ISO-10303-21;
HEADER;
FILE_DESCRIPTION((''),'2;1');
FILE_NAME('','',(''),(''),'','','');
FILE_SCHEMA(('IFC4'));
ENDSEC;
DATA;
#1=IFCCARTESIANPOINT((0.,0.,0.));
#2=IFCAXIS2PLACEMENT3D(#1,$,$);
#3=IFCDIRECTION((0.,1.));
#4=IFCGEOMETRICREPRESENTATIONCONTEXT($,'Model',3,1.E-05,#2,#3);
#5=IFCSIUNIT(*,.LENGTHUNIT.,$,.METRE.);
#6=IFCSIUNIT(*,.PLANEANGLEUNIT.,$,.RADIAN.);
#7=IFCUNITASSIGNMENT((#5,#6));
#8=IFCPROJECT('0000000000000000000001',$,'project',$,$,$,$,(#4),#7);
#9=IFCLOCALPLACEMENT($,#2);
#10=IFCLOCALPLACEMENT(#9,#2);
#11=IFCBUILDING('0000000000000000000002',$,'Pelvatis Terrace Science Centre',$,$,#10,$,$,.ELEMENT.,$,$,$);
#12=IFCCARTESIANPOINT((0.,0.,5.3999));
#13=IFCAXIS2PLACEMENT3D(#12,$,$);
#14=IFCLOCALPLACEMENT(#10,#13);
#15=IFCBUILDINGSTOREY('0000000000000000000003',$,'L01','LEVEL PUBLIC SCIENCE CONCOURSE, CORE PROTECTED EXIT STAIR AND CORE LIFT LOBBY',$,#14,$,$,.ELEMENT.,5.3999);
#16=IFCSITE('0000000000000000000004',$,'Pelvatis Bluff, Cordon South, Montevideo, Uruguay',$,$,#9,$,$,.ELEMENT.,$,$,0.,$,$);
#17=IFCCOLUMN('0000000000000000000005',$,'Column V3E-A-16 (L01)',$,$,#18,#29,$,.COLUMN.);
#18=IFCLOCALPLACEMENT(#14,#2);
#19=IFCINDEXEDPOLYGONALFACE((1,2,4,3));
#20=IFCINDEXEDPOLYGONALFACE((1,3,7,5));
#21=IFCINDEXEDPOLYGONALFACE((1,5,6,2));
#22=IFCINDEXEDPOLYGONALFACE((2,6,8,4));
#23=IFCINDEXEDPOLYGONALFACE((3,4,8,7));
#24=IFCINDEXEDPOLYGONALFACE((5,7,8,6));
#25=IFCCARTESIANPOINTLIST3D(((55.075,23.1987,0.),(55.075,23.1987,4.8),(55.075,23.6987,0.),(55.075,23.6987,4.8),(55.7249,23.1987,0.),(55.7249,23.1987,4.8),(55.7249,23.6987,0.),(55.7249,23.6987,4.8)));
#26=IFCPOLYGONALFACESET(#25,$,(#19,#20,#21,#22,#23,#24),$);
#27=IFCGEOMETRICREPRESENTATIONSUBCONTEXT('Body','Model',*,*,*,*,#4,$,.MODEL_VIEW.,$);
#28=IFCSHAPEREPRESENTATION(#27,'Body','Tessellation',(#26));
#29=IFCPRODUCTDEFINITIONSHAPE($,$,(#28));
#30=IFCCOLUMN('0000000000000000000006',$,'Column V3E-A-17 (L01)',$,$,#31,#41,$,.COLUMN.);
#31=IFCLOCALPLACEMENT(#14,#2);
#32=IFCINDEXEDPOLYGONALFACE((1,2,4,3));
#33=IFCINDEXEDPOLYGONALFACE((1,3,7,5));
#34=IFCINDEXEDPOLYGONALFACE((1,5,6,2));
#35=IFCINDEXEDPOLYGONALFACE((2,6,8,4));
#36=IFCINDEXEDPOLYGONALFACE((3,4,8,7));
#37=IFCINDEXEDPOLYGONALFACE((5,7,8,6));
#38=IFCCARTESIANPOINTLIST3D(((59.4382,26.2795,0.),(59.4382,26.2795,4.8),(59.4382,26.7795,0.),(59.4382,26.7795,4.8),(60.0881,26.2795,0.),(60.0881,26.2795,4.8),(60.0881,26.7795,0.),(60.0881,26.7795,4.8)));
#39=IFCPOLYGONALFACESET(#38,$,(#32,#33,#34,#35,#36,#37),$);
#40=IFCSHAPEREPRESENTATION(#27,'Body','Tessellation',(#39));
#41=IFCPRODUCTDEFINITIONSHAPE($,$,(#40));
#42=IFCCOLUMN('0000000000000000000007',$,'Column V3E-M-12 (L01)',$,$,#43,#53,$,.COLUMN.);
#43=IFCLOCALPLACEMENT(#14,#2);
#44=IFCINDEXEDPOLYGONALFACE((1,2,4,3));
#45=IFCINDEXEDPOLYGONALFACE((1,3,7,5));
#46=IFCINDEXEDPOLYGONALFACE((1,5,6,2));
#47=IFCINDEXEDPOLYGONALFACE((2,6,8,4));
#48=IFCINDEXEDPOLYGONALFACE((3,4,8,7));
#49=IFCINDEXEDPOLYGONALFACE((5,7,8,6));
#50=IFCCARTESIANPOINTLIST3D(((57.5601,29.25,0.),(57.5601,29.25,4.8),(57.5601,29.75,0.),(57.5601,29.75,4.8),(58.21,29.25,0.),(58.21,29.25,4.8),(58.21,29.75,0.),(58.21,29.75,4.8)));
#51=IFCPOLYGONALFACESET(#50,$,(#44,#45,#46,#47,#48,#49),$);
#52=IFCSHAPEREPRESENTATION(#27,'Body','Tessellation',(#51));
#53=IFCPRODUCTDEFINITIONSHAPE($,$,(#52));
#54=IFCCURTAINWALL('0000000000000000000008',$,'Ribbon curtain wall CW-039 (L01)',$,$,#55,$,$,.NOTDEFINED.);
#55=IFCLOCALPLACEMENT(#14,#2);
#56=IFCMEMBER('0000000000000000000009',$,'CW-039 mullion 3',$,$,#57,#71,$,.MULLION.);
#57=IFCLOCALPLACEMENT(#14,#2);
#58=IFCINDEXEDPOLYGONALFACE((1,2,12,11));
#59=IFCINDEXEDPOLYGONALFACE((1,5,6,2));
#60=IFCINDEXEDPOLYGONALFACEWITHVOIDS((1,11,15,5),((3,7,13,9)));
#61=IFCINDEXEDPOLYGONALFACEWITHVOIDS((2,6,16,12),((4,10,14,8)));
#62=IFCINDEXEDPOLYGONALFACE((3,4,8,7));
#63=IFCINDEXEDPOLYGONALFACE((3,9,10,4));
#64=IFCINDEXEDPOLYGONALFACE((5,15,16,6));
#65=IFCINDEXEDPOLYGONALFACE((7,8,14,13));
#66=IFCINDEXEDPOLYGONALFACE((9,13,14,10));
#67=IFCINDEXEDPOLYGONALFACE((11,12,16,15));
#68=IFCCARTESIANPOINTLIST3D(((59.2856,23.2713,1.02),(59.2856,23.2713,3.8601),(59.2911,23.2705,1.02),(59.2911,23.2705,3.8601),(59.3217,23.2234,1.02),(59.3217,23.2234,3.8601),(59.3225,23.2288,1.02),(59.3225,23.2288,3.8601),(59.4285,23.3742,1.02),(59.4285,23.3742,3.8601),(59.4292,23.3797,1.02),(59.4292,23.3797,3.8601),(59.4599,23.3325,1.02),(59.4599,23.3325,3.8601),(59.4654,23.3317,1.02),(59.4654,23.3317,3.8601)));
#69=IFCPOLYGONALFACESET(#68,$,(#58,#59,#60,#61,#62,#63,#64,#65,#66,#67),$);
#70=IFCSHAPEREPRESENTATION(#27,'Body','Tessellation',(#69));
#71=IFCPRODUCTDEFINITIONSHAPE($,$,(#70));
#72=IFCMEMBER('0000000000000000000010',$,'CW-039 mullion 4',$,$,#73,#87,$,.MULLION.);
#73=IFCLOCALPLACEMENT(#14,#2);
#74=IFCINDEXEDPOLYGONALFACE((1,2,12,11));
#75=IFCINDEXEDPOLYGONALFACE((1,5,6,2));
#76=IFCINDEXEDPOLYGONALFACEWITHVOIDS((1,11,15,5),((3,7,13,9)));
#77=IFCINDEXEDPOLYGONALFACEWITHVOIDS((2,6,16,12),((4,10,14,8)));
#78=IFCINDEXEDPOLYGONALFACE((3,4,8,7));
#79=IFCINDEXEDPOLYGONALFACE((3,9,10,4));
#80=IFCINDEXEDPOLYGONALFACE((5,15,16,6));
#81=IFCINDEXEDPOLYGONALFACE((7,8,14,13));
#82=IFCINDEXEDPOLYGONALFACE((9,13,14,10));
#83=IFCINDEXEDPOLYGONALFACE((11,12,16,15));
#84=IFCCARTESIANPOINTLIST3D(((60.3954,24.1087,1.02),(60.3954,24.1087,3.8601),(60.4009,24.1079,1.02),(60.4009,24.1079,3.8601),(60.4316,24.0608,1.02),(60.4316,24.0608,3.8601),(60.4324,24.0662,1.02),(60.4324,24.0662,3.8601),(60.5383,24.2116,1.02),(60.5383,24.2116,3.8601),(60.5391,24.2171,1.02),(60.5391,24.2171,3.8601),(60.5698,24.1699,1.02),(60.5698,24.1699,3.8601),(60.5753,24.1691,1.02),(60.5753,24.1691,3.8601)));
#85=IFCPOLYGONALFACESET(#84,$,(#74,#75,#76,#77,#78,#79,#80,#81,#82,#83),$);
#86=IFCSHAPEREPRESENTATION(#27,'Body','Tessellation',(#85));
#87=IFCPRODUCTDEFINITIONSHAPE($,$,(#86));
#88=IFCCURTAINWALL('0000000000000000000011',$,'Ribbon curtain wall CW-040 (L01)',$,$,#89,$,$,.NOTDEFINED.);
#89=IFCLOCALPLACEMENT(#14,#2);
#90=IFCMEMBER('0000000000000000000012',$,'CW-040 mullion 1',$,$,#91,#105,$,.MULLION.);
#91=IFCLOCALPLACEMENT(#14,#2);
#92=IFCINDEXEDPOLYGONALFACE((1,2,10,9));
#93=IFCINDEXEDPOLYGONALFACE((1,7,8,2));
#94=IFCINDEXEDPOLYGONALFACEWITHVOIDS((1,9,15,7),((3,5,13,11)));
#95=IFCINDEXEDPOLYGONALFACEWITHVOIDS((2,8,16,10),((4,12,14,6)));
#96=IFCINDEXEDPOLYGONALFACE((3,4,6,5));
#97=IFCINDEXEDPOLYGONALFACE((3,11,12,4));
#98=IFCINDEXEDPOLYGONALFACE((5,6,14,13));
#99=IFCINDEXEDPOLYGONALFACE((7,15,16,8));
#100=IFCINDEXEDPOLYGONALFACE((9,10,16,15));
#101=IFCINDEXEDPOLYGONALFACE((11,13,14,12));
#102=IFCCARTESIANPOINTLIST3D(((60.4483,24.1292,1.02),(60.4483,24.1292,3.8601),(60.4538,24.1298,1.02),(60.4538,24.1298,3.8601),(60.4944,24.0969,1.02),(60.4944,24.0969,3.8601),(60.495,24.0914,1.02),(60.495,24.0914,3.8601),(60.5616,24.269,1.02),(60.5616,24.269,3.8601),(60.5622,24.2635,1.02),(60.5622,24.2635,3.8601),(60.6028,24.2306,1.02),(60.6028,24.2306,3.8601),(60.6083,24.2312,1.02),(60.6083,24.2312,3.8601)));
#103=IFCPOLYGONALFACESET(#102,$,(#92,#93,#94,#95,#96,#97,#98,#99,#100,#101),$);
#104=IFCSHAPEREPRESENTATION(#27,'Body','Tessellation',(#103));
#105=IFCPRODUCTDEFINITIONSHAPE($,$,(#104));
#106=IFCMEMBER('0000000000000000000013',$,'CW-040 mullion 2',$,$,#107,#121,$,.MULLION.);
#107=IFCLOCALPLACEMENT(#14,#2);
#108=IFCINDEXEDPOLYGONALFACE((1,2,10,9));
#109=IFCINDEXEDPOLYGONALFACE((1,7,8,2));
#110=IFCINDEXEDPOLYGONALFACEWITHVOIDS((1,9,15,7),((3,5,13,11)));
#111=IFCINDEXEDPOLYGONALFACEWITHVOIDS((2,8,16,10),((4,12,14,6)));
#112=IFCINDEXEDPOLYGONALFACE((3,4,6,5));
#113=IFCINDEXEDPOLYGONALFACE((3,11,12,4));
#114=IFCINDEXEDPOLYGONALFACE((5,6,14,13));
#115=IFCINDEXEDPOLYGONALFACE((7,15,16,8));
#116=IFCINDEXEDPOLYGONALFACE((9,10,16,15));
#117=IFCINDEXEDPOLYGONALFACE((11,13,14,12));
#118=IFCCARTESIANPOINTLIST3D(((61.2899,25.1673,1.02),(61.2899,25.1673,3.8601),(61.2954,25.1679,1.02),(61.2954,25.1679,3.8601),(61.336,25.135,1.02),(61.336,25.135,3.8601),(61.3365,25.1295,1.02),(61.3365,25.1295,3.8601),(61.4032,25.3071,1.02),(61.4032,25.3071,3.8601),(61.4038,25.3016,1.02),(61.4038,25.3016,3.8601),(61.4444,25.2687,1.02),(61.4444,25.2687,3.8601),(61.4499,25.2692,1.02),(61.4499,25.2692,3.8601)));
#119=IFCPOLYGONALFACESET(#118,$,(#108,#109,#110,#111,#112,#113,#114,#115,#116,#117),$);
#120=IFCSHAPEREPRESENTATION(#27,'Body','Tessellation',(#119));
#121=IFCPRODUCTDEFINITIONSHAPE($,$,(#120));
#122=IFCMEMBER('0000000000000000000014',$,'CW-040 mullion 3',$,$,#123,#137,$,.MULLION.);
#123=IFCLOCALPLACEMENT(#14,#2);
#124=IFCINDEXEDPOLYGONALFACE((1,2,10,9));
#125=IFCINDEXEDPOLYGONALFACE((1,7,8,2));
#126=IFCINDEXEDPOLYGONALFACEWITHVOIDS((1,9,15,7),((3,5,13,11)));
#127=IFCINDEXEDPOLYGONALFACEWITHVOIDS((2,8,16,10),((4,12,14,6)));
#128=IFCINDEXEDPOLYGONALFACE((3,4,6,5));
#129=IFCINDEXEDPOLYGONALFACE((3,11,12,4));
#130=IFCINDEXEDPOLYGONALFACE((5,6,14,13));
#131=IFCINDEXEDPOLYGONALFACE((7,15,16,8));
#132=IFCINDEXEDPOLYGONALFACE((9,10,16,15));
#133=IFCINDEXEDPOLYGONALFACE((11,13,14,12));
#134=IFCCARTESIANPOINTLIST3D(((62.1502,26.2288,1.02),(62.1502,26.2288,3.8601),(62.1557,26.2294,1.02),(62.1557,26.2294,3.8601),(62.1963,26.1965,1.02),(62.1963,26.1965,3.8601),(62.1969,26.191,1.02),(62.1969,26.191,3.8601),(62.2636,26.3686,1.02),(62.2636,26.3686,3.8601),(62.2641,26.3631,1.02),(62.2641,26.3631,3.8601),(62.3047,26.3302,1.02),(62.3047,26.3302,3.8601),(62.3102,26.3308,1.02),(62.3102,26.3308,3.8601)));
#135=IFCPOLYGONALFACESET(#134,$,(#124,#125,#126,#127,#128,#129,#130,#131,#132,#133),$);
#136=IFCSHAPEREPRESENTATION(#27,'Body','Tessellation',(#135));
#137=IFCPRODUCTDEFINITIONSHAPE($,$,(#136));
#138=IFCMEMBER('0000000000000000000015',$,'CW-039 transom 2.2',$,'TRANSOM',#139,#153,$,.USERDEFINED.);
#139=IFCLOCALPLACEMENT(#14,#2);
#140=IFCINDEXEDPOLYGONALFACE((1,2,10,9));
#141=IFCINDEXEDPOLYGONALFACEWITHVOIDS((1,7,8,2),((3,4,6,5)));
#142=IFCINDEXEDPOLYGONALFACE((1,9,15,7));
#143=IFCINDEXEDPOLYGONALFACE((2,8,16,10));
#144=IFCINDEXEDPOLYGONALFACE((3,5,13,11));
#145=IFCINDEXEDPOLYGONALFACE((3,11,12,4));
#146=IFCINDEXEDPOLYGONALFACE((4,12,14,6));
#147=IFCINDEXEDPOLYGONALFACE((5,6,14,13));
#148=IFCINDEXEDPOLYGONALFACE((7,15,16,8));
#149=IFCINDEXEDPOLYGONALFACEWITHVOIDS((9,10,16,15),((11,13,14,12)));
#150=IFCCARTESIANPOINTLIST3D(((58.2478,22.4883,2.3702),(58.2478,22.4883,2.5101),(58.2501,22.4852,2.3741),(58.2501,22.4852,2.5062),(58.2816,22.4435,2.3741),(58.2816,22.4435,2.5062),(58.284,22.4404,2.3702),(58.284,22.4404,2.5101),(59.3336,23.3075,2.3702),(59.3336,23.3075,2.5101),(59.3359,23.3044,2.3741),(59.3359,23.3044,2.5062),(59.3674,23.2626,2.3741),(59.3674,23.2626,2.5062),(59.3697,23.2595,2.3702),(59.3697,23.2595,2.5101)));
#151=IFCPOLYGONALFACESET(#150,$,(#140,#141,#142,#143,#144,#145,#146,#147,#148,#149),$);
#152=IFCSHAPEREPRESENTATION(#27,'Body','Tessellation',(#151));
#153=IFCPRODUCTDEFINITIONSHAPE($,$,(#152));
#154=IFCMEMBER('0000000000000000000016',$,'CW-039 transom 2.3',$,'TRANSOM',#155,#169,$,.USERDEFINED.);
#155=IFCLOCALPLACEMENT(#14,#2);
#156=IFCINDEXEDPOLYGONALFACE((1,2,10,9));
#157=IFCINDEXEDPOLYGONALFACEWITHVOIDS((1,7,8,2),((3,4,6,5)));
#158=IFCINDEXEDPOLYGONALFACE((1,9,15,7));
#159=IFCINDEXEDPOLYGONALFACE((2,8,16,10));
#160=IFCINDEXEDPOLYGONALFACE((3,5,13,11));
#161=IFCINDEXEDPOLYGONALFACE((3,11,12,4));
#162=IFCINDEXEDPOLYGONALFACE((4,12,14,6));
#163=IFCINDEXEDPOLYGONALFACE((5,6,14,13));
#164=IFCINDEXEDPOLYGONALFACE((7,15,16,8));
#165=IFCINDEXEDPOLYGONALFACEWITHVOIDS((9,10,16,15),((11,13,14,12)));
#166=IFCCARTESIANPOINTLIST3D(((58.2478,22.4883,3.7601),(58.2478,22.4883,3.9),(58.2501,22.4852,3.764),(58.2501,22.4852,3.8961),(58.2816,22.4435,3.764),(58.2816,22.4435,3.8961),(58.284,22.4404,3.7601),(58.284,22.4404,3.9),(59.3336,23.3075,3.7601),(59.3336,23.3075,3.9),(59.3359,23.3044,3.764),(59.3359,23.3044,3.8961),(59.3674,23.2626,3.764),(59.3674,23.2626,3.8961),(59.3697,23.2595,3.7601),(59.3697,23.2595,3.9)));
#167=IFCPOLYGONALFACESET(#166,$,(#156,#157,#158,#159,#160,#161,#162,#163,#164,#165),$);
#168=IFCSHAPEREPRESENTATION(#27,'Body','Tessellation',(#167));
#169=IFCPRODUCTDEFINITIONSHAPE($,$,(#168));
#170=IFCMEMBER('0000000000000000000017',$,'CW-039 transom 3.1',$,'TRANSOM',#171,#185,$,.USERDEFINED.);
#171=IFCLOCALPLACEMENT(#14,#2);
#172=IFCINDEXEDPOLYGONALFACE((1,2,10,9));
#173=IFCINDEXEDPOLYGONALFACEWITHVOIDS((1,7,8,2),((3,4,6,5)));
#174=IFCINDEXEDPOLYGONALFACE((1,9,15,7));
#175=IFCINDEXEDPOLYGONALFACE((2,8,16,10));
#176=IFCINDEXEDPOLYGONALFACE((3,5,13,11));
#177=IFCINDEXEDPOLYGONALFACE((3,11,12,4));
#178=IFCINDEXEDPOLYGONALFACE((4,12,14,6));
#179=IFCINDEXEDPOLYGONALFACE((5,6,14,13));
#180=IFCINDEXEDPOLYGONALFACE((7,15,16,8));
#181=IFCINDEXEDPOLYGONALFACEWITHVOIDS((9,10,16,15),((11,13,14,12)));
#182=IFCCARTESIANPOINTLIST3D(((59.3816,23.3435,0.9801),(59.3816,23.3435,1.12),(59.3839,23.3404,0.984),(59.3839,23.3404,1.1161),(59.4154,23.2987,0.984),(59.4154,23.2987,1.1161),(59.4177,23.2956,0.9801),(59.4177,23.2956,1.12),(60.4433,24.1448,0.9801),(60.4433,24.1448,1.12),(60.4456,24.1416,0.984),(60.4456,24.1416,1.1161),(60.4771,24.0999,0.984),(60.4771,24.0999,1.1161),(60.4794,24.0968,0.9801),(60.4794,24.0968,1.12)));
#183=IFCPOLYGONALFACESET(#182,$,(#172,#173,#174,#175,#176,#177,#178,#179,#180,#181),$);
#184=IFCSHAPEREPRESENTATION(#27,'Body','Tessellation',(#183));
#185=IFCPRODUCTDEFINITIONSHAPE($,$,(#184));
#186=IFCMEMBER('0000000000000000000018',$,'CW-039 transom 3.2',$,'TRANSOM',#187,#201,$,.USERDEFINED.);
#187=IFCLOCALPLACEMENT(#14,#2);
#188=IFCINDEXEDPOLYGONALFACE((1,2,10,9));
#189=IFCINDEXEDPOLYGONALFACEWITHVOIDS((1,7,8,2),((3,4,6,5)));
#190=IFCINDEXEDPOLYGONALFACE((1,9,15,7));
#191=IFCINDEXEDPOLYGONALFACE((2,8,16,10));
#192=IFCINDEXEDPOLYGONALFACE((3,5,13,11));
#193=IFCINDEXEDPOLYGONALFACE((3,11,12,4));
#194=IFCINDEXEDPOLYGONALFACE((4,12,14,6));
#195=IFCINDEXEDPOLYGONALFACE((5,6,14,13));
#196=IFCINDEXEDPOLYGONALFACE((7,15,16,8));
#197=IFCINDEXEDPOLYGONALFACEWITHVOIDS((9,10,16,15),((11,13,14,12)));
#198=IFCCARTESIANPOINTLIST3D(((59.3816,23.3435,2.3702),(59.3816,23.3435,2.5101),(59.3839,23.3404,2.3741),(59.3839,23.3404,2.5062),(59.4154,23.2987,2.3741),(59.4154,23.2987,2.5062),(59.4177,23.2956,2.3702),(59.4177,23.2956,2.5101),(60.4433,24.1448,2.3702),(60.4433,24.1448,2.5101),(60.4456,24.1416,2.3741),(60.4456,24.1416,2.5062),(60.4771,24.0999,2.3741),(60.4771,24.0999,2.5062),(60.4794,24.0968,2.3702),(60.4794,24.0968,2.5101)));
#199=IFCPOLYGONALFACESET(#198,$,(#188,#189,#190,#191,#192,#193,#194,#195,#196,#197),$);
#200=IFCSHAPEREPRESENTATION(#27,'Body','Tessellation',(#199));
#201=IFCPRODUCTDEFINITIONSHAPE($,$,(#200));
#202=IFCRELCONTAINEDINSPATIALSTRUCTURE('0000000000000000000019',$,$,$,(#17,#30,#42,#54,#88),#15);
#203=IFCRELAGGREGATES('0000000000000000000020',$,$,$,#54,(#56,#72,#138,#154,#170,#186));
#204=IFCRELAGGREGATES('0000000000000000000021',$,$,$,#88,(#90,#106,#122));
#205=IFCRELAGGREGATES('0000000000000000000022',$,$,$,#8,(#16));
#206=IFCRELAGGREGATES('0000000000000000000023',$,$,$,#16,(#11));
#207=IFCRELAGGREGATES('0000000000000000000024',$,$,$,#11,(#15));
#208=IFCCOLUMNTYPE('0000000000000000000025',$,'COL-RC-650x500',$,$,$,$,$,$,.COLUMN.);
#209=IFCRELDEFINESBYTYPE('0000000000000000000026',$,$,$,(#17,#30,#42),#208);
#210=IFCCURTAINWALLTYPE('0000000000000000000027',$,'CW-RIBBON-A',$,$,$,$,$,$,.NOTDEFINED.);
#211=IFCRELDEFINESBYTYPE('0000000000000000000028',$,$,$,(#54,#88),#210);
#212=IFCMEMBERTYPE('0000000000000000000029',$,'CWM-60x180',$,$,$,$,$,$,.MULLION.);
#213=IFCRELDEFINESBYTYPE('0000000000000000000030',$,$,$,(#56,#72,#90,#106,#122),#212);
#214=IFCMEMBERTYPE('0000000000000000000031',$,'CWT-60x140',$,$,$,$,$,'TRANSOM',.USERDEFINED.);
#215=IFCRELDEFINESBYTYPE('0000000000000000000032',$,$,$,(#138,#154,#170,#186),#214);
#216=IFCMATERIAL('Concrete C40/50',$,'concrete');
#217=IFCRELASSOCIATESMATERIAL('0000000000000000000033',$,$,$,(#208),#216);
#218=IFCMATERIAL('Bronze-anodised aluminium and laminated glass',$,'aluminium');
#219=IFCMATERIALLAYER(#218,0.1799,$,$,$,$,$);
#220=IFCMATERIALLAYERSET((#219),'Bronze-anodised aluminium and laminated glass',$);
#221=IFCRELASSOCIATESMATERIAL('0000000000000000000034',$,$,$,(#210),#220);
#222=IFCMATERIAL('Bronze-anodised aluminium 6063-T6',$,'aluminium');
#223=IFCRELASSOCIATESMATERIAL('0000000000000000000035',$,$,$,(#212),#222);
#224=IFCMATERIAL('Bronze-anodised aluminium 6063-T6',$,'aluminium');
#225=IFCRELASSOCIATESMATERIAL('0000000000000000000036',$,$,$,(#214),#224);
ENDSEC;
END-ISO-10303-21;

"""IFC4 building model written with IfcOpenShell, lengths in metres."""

from ifc_helpers import new_model, si_unit, direction, frame, origin, origin_2d, place, context, subcontext, project, spatial, rectangle, hollow_rectangle, extrude, material, layer, layer_set, material_profile, profile_set, type_object, element, aggregate, save


model = new_model("IFC4")

# Units and contexts
model_context = context("Model", 3, precision=1e-05, world=origin(), true_north=direction((0.0, 1.0)))
body_context = subcontext(model_context, "Body", "Model", "MODEL_VIEW")
ifc_project = project(units=[si_unit("LENGTHUNIT", "METRE"), si_unit("PLANEANGLEUNIT", "RADIAN")], contexts=[model_context])

# Site, building, storey
site_placement = place(None, origin())
site = spatial("IfcSite", under=ifc_project, at=site_placement, Name="Pelvatis Bluff, Cordon South, Montevideo, Uruguay", CompositionType="ELEMENT", RefElevation=0.0)
building_placement = place(site_placement, origin())
building = spatial("IfcBuilding", under=site, at=building_placement, Name="Pelvatis Terrace Science Centre", CompositionType="ELEMENT")
storey_placement = place(building_placement, frame((0.0, 0.0, 5.3999)))
storey = spatial("IfcBuildingStorey", under=building, at=storey_placement, Name="L01", Description="LEVEL PUBLIC SCIENCE CONCOURSE, CORE PROTECTED EXIT STAIR AND CORE LIFT LOBBY", CompositionType="ELEMENT", Elevation=5.3999)

# Columns
ifc_material_1 = material(Name="Concrete C40/50", Category="concrete")
ifc_material_profile_1 = material_profile(ifc_material_1, rectangle(XDim=0.6499, YDim=0.5, at=origin_2d()), Name="RC-COL 650x500")
ifc_profile_set_1 = profile_set([ifc_material_profile_1], Name="Concrete C40/50")
column_type = type_object("IfcColumnType", Name="COL-RC-650x500", PredefinedType="COLUMN", material=ifc_profile_set_1)
for number, where, z_axis, x_axis, name in (
    (1, (55.3999, 23.4487, 0.0), (0.0, 0.0, 1.0), (1.0, 0.0, 0.0), "Column V3E-A-16 (L01)"),
    (2, (59.7632, 26.5295, 0.0), (0.0, 0.0, 1.0), (1.0, 0.0, 0.0), "Column V3E-A-17 (L01)"),
    (3, (57.885, 29.5, 0.0), (0.0, 0.0, 1.0), (1.0, 0.0, 0.0), "Column V3E-M-12 (L01)"),
):
    element("IfcColumn", number, at=place(storey_placement, frame(where, z_axis=z_axis, x_axis=x_axis)), inside=storey, type_object=column_type, Name=name, PredefinedType="COLUMN", context=body_context, shape_type="SweptSolid", body=[
        extrude(rectangle(XDim=0.6499, YDim=0.5, at=origin_2d()), origin(), (0.0, 0.0, 1.0), 4.8),
    ])

# Curtain walls, members
ifc_material_2 = material(Name="Bronze-anodised aluminium and laminated glass", Category="aluminium")
ifc_layer_1 = layer(ifc_material_2, 0.1799)
ifc_layer_set_1 = layer_set([ifc_layer_1], Name="Bronze-anodised aluminium and laminated glass")
curtain_wall_type = type_object("IfcCurtainWallType", Name="CW-RIBBON-A", PredefinedType="NOTDEFINED", material=ifc_layer_set_1)
curtain_wall_1_placement = place(storey_placement, origin())
curtain_wall_1 = element("IfcCurtainWall", 4, at=curtain_wall_1_placement, inside=storey, type_object=curtain_wall_type, Name="Ribbon curtain wall CW-039 (L01)", PredefinedType="NOTDEFINED")
ifc_material_3 = material(Name="Bronze-anodised aluminium 6063-T6", Category="aluminium")
ifc_material_profile_2 = material_profile(ifc_material_3, hollow_rectangle(XDim=0.0601, YDim=0.1799, WallThickness=0.0039, at=origin_2d()), Name="ALU-MUL 60x180")
ifc_profile_set_2 = profile_set([ifc_material_profile_2], Name="Bronze-anodised aluminium 6063-T6")
member_type_1 = type_object("IfcMemberType", Name="CWM-60x180", PredefinedType="MULLION", material=ifc_profile_set_2)
member_1_placement = place(storey_placement, frame((59.3755, 23.3015, 1.02), z_axis=(0.0, 0.0, 1.0), x_axis=(-0.602213, 0.798335, 0.0)))
member_1 = element("IfcMember", 5, at=member_1_placement, type_object=member_type_1, Name="CW-039 mullion 3", PredefinedType="MULLION", context=body_context, shape_type="SweptSolid", body=[
    extrude(hollow_rectangle(XDim=0.0601, YDim=0.1799, WallThickness=0.0039, at=origin_2d()), origin(), (0.0, 0.0, 1.0), 2.8401),
])
member_2_placement = place(storey_placement, frame((60.4854, 24.1389, 1.02), z_axis=(0.0, 0.0, 1.0), x_axis=(-0.602213, 0.798335, 0.0)))
member_2 = element("IfcMember", 6, at=member_2_placement, type_object=member_type_1, Name="CW-039 mullion 4", PredefinedType="MULLION", context=body_context, shape_type="SweptSolid", body=[
    extrude(hollow_rectangle(XDim=0.0601, YDim=0.1799, WallThickness=0.0039, at=origin_2d()), origin(), (0.0, 0.0, 1.0), 2.8401),
])
curtain_wall_2_placement = place(storey_placement, origin())
curtain_wall_2 = element("IfcCurtainWall", 7, at=curtain_wall_2_placement, inside=storey, type_object=curtain_wall_type, Name="Ribbon curtain wall CW-040 (L01)", PredefinedType="NOTDEFINED")
member_3_placement = place(storey_placement, frame((60.5283, 24.1802, 1.02), z_axis=(0.0, 0.0, 1.0), x_axis=(-0.776811, 0.629734, 0.0)))
member_3 = element("IfcMember", 8, at=member_3_placement, type_object=member_type_1, Name="CW-040 mullion 1", PredefinedType="MULLION", context=body_context, shape_type="SweptSolid", body=[
    extrude(hollow_rectangle(XDim=0.0601, YDim=0.1799, WallThickness=0.0039, at=origin_2d()), origin(), (0.0, 0.0, 1.0), 2.8401),
])
member_4_placement = place(storey_placement, frame((61.3699, 25.2183, 1.02), z_axis=(0.0, 0.0, 1.0), x_axis=(-0.776811, 0.629734, 0.0)))
member_4 = element("IfcMember", 9, at=member_4_placement, type_object=member_type_1, Name="CW-040 mullion 2", PredefinedType="MULLION", context=body_context, shape_type="SweptSolid", body=[
    extrude(hollow_rectangle(XDim=0.0601, YDim=0.1799, WallThickness=0.0039, at=origin_2d()), origin(), (0.0, 0.0, 1.0), 2.8401),
])
member_5_placement = place(storey_placement, frame((62.2302, 26.2798, 1.02), z_axis=(0.0, 0.0, 1.0), x_axis=(-0.776811, 0.629734, 0.0)))
member_5 = element("IfcMember", 10, at=member_5_placement, type_object=member_type_1, Name="CW-040 mullion 3", PredefinedType="MULLION", context=body_context, shape_type="SweptSolid", body=[
    extrude(hollow_rectangle(XDim=0.0601, YDim=0.1799, WallThickness=0.0039, at=origin_2d()), origin(), (0.0, 0.0, 1.0), 2.8401),
])

# Members
ifc_material_4 = material(Name="Bronze-anodised aluminium 6063-T6", Category="aluminium")
ifc_material_profile_3 = material_profile(ifc_material_4, hollow_rectangle(XDim=0.0601, YDim=0.1399, WallThickness=0.0039, at=origin_2d()), Name="ALU-TRN 60x140")
ifc_profile_set_3 = profile_set([ifc_material_profile_3], Name="Bronze-anodised aluminium 6063-T6")
member_type_2 = type_object("IfcMemberType", Name="CWT-60x140", ElementType="TRANSOM", PredefinedType="USERDEFINED", material=ifc_profile_set_3)
member_6_placement = place(storey_placement, frame((58.2659, 22.4644, 2.4402), z_axis=(0.798295, 0.602267, 0.0), x_axis=(-0.602267, 0.798295, 0.0)))
member_6 = element("IfcMember", 11, at=member_6_placement, type_object=member_type_2, Name="CW-039 transom 2.2", ObjectType="TRANSOM", PredefinedType="USERDEFINED", context=body_context, shape_type="SweptSolid", body=[
    extrude(hollow_rectangle(XDim=0.0601, YDim=0.1399, WallThickness=0.0039, at=origin_2d()), origin(), (0.0, 0.0, 1.0), 1.3601),
])
member_7_placement = place(storey_placement, frame((58.2659, 22.4644, 3.8301), z_axis=(0.798295, 0.602267, 0.0), x_axis=(-0.602267, 0.798295, 0.0)))
member_7 = element("IfcMember", 12, at=member_7_placement, type_object=member_type_2, Name="CW-039 transom 2.3", ObjectType="TRANSOM", PredefinedType="USERDEFINED", context=body_context, shape_type="SweptSolid", body=[
    extrude(hollow_rectangle(XDim=0.0601, YDim=0.1399, WallThickness=0.0039, at=origin_2d()), origin(), (0.0, 0.0, 1.0), 1.3601),
])
member_8_placement = place(storey_placement, frame((59.3997, 23.3196, 1.05), z_axis=(0.798212, 0.602376, 0.0), x_axis=(-0.602376, 0.798212, 0.0)))
member_8 = element("IfcMember", 13, at=member_8_placement, type_object=member_type_2, Name="CW-039 transom 3.1", ObjectType="TRANSOM", PredefinedType="USERDEFINED", context=body_context, shape_type="SweptSolid", body=[
    extrude(hollow_rectangle(XDim=0.0601, YDim=0.1399, WallThickness=0.0039, at=origin_2d()), origin(), (0.0, 0.0, 1.0), 1.3301),
])
member_9_placement = place(storey_placement, frame((59.3997, 23.3196, 2.4402), z_axis=(0.798212, 0.602376, 0.0), x_axis=(-0.602376, 0.798212, 0.0)))
member_9 = element("IfcMember", 14, at=member_9_placement, type_object=member_type_2, Name="CW-039 transom 3.2", ObjectType="TRANSOM", PredefinedType="USERDEFINED", context=body_context, shape_type="SweptSolid", body=[
    extrude(hollow_rectangle(XDim=0.0601, YDim=0.1399, WallThickness=0.0039, at=origin_2d()), origin(), (0.0, 0.0, 1.0), 1.3301),
])

aggregate(curtain_wall_1, [member_1, member_2, member_6, member_7, member_8, member_9])
aggregate(curtain_wall_2, [member_3, member_4, member_5])

save(model, "model.ifc")
